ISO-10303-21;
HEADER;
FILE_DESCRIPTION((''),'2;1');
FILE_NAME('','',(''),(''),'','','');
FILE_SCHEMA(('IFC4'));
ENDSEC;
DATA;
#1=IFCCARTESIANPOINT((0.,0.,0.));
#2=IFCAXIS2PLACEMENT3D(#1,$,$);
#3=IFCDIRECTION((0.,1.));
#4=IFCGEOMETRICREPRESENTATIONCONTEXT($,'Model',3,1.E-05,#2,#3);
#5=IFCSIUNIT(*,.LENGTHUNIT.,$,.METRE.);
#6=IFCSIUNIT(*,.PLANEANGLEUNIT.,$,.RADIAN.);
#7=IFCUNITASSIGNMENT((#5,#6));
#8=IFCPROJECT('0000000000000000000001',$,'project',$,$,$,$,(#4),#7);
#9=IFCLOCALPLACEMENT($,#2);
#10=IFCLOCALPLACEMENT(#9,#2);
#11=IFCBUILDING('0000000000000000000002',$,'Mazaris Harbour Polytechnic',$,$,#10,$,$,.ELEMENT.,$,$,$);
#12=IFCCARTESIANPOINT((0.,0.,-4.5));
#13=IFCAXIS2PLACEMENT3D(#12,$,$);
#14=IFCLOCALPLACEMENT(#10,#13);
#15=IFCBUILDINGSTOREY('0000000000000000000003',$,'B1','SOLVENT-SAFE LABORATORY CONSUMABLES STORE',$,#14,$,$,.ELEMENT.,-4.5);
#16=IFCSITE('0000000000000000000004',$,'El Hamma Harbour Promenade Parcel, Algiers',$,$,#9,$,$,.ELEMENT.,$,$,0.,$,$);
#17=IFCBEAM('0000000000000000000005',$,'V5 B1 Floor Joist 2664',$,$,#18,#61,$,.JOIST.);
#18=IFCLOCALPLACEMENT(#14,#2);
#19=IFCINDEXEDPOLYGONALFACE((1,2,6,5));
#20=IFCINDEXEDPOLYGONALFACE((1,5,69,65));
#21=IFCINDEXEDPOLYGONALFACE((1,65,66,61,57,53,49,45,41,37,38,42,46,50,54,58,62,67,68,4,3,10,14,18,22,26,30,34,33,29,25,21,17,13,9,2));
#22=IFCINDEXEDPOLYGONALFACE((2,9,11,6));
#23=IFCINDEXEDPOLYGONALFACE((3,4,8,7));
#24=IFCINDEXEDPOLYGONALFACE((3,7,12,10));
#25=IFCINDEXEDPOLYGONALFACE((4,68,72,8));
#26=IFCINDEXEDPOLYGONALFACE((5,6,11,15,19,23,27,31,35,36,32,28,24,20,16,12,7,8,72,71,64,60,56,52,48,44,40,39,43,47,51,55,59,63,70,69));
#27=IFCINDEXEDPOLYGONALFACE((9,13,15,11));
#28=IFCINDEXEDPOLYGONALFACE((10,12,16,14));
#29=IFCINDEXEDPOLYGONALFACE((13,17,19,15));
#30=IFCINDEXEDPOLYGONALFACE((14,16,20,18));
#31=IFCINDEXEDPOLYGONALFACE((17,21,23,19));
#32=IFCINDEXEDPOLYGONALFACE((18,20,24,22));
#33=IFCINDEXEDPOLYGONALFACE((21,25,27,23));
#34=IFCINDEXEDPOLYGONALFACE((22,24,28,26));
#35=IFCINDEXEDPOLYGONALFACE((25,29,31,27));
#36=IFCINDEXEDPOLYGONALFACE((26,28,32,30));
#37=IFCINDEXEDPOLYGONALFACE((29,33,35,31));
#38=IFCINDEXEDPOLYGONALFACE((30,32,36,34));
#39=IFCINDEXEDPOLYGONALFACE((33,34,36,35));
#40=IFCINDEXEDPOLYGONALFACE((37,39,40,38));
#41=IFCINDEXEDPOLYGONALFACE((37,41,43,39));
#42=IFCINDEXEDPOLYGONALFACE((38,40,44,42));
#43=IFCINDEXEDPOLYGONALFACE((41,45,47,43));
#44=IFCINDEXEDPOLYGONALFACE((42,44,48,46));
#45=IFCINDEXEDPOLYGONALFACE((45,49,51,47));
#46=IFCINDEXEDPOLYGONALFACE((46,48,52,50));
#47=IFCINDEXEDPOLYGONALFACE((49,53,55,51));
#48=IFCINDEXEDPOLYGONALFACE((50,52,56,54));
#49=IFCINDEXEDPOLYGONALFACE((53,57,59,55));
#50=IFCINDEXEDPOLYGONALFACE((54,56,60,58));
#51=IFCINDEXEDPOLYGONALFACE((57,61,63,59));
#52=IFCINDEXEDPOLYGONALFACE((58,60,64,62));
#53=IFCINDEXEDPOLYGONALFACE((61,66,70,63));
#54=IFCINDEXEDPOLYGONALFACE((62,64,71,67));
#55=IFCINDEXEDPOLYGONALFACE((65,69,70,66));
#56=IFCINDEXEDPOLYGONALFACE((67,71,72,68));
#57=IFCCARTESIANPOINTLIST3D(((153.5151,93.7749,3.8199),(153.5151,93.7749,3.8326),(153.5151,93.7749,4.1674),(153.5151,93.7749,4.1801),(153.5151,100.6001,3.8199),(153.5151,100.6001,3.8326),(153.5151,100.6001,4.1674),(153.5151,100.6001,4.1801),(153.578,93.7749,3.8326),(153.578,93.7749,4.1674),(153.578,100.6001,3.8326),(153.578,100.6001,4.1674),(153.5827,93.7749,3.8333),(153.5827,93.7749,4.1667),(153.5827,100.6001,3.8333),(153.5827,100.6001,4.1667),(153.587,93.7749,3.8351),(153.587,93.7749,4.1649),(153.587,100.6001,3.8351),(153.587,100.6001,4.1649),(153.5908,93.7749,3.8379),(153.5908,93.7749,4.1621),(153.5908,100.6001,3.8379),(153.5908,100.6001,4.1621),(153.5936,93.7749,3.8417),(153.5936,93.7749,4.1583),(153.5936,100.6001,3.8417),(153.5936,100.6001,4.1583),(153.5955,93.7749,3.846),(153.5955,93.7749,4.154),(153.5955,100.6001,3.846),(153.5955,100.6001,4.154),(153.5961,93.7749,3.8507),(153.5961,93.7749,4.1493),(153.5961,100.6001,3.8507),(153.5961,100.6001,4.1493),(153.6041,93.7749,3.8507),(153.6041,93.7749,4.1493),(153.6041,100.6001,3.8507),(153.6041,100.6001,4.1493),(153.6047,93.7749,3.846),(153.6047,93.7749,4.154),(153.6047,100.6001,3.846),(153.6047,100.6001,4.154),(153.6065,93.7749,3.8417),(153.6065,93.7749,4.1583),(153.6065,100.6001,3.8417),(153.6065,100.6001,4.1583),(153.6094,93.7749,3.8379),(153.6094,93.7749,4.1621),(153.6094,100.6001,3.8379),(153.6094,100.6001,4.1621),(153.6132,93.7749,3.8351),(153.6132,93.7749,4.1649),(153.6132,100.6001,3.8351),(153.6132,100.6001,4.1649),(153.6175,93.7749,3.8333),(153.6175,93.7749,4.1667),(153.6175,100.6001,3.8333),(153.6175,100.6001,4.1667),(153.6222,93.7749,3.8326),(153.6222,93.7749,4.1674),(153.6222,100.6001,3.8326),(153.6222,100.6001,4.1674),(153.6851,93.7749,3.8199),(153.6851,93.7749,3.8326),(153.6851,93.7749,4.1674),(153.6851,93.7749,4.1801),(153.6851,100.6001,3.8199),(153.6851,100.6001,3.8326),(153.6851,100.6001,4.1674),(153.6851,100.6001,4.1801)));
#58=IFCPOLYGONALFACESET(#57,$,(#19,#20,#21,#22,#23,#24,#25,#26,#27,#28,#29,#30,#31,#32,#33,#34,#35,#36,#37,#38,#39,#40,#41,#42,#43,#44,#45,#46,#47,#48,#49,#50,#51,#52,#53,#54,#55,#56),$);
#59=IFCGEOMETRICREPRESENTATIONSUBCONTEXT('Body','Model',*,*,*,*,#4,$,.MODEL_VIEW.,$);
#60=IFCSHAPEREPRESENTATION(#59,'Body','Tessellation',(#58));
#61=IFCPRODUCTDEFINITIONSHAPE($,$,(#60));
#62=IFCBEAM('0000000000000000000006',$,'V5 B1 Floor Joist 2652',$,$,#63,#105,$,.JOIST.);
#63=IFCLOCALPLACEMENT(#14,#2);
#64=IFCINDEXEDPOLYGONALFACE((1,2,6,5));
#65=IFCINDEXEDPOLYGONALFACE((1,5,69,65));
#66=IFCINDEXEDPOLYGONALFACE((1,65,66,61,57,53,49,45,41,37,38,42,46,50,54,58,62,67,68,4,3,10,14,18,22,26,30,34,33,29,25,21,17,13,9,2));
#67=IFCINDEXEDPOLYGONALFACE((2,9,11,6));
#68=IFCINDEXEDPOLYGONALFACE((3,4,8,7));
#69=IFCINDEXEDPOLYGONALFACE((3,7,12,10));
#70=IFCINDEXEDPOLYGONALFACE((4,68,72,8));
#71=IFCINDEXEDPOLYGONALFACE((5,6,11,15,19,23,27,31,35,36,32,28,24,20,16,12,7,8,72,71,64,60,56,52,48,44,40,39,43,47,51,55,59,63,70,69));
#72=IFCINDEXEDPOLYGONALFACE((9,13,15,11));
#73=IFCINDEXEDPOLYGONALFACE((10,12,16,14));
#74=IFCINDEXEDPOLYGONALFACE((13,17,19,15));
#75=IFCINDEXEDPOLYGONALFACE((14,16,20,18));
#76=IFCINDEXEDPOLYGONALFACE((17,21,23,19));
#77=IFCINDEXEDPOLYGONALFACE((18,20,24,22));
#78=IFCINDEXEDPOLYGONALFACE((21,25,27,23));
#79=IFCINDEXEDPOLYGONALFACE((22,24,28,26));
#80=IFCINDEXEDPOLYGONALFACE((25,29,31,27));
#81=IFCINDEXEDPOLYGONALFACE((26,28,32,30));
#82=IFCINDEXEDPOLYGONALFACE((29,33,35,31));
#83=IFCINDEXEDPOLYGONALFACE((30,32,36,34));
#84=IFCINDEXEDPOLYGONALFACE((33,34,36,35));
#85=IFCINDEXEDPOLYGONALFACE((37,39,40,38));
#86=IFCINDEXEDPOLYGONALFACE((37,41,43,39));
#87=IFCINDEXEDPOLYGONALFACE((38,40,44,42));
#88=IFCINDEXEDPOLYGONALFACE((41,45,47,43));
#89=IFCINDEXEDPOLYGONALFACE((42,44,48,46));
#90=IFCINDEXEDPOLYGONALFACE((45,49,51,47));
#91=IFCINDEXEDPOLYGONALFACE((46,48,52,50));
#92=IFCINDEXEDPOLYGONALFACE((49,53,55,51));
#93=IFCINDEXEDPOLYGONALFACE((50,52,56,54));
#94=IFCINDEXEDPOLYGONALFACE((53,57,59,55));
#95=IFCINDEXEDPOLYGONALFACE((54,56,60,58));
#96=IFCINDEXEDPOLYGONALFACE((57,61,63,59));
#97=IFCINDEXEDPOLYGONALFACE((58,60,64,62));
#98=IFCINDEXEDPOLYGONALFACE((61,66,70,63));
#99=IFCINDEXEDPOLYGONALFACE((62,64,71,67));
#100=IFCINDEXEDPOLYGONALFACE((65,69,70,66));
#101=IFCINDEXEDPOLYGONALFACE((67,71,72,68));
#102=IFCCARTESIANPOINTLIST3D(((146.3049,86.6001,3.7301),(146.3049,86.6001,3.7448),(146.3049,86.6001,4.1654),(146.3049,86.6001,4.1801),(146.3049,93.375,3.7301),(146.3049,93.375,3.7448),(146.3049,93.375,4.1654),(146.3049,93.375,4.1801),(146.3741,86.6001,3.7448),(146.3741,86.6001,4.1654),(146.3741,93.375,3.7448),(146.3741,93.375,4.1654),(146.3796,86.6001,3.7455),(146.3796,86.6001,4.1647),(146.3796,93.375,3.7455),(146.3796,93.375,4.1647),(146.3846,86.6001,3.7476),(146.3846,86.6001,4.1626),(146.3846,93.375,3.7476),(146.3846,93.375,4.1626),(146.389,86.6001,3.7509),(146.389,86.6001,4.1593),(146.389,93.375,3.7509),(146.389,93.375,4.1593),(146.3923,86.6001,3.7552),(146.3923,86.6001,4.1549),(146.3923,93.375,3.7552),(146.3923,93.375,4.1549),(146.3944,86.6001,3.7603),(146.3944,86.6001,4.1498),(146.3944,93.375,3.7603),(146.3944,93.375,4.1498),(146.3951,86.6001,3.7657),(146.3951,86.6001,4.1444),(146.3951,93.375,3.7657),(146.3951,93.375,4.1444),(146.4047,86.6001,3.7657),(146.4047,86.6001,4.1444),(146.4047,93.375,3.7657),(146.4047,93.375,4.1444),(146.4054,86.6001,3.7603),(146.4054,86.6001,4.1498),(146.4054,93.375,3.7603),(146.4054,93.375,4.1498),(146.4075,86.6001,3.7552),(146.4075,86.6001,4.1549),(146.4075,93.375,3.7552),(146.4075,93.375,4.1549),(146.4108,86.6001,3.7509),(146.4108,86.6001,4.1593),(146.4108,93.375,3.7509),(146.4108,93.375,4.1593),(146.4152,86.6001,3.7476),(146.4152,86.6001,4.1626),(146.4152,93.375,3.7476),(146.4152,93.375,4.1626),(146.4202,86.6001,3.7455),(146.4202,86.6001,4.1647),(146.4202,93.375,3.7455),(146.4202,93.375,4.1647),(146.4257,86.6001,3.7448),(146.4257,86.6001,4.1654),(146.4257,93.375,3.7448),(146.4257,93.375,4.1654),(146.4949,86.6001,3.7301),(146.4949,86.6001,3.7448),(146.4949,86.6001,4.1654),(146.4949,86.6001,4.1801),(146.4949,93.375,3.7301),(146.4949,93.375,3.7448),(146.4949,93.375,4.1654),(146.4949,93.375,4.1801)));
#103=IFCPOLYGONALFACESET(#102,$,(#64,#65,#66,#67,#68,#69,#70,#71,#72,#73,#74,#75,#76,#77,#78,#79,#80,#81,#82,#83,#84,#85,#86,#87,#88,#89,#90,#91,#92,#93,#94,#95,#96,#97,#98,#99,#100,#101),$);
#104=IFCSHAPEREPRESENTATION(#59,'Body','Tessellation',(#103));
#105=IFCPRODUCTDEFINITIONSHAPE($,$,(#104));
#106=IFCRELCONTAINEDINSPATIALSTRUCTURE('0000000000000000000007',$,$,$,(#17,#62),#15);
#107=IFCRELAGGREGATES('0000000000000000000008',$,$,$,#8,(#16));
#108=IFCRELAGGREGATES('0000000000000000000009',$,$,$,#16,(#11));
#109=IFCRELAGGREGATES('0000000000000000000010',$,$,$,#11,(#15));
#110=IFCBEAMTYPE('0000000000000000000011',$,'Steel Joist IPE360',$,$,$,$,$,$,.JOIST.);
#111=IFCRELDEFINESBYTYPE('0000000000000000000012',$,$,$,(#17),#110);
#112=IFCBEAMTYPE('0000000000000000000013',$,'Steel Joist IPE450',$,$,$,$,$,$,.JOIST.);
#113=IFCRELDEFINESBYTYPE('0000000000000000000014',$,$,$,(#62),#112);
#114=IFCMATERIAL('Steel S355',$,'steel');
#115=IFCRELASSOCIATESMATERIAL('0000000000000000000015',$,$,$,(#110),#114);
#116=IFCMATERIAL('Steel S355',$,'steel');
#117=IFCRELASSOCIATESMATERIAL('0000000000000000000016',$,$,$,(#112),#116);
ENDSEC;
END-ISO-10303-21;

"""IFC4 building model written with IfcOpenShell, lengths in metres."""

from ifc_helpers import new_model, si_unit, direction, frame, origin, origin_2d, place, context, subcontext, project, spatial, i_section, extrude, material, material_profile, profile_set, type_object, element, save


model = new_model("IFC4")

# Units and contexts
model_context = context("Model", 3, precision=1e-05, world=origin(), true_north=direction((0.0, 1.0)))
body_context = subcontext(model_context, "Body", "Model", "MODEL_VIEW")
ifc_project = project(units=[si_unit("LENGTHUNIT", "METRE"), si_unit("PLANEANGLEUNIT", "RADIAN")], contexts=[model_context])

# Site, building, storey
site_placement = place(None, origin())
site = spatial("IfcSite", under=ifc_project, at=site_placement, Name="El Hamma Harbour Promenade Parcel, Algiers", CompositionType="ELEMENT", RefElevation=0.0)
building_placement = place(site_placement, origin())
building = spatial("IfcBuilding", under=site, at=building_placement, Name="Mazaris Harbour Polytechnic", CompositionType="ELEMENT")
storey_placement = place(building_placement, frame((0.0, 0.0, -4.5)))
storey = spatial("IfcBuildingStorey", under=building, at=storey_placement, Name="B1", Description="SOLVENT-SAFE LABORATORY CONSUMABLES STORE", CompositionType="ELEMENT", Elevation=-4.5)

# Beams
ifc_material_1 = material(Name="Steel S355", Category="steel")
ifc_material_profile_1 = material_profile(ifc_material_1, i_section(OverallWidth=0.1699, OverallDepth=0.3601, WebThickness=0.0081, FlangeThickness=0.0127, FilletRadius=0.0181, at=origin_2d()), Name="IPE 360")
ifc_profile_set_1 = profile_set([ifc_material_profile_1], Name="Steel S355")
beam_type_1 = type_object("IfcBeamType", Name="Steel Joist IPE360", PredefinedType="JOIST", material=ifc_profile_set_1)
beam_1_placement = place(storey_placement, frame((153.6001, 93.7749, 4.0), z_axis=(0.0, 1.0, 0.0), x_axis=(-1.0, 0.0, 0.0)))
element("IfcBeam", 1, at=beam_1_placement, inside=storey, type_object=beam_type_1, Name="V5 B1 Floor Joist 2664", PredefinedType="JOIST", context=body_context, shape_type="SweptSolid", body=[
    extrude(i_section(OverallWidth=0.1699, OverallDepth=0.3601, WebThickness=0.0081, FlangeThickness=0.0127, FilletRadius=0.0181, at=origin_2d()), origin(), (0.0, 0.0, 1.0), 6.8252),
])
ifc_material_2 = material(Name="Steel S355", Category="steel")
ifc_material_profile_2 = material_profile(ifc_material_2, i_section(OverallWidth=0.1899, OverallDepth=0.45, WebThickness=0.0095, FlangeThickness=0.0146, FilletRadius=0.021, at=origin_2d()), Name="IPE 450")
ifc_profile_set_2 = profile_set([ifc_material_profile_2], Name="Steel S355")
beam_type_2 = type_object("IfcBeamType", Name="Steel Joist IPE450", PredefinedType="JOIST", material=ifc_profile_set_2)
beam_2_placement = place(storey_placement, frame((146.3999, 86.6001, 3.9551), z_axis=(0.0, 1.0, 0.0), x_axis=(-1.0, 0.0, 0.0)))
element("IfcBeam", 2, at=beam_2_placement, inside=storey, type_object=beam_type_2, Name="V5 B1 Floor Joist 2652", PredefinedType="JOIST", context=body_context, shape_type="SweptSolid", body=[
    extrude(i_section(OverallWidth=0.1899, OverallDepth=0.45, WebThickness=0.0095, FlangeThickness=0.0146, FilletRadius=0.021, at=origin_2d()), origin(), (0.0, 0.0, 1.0), 6.7749),
])

save(model, "model.ifc")
